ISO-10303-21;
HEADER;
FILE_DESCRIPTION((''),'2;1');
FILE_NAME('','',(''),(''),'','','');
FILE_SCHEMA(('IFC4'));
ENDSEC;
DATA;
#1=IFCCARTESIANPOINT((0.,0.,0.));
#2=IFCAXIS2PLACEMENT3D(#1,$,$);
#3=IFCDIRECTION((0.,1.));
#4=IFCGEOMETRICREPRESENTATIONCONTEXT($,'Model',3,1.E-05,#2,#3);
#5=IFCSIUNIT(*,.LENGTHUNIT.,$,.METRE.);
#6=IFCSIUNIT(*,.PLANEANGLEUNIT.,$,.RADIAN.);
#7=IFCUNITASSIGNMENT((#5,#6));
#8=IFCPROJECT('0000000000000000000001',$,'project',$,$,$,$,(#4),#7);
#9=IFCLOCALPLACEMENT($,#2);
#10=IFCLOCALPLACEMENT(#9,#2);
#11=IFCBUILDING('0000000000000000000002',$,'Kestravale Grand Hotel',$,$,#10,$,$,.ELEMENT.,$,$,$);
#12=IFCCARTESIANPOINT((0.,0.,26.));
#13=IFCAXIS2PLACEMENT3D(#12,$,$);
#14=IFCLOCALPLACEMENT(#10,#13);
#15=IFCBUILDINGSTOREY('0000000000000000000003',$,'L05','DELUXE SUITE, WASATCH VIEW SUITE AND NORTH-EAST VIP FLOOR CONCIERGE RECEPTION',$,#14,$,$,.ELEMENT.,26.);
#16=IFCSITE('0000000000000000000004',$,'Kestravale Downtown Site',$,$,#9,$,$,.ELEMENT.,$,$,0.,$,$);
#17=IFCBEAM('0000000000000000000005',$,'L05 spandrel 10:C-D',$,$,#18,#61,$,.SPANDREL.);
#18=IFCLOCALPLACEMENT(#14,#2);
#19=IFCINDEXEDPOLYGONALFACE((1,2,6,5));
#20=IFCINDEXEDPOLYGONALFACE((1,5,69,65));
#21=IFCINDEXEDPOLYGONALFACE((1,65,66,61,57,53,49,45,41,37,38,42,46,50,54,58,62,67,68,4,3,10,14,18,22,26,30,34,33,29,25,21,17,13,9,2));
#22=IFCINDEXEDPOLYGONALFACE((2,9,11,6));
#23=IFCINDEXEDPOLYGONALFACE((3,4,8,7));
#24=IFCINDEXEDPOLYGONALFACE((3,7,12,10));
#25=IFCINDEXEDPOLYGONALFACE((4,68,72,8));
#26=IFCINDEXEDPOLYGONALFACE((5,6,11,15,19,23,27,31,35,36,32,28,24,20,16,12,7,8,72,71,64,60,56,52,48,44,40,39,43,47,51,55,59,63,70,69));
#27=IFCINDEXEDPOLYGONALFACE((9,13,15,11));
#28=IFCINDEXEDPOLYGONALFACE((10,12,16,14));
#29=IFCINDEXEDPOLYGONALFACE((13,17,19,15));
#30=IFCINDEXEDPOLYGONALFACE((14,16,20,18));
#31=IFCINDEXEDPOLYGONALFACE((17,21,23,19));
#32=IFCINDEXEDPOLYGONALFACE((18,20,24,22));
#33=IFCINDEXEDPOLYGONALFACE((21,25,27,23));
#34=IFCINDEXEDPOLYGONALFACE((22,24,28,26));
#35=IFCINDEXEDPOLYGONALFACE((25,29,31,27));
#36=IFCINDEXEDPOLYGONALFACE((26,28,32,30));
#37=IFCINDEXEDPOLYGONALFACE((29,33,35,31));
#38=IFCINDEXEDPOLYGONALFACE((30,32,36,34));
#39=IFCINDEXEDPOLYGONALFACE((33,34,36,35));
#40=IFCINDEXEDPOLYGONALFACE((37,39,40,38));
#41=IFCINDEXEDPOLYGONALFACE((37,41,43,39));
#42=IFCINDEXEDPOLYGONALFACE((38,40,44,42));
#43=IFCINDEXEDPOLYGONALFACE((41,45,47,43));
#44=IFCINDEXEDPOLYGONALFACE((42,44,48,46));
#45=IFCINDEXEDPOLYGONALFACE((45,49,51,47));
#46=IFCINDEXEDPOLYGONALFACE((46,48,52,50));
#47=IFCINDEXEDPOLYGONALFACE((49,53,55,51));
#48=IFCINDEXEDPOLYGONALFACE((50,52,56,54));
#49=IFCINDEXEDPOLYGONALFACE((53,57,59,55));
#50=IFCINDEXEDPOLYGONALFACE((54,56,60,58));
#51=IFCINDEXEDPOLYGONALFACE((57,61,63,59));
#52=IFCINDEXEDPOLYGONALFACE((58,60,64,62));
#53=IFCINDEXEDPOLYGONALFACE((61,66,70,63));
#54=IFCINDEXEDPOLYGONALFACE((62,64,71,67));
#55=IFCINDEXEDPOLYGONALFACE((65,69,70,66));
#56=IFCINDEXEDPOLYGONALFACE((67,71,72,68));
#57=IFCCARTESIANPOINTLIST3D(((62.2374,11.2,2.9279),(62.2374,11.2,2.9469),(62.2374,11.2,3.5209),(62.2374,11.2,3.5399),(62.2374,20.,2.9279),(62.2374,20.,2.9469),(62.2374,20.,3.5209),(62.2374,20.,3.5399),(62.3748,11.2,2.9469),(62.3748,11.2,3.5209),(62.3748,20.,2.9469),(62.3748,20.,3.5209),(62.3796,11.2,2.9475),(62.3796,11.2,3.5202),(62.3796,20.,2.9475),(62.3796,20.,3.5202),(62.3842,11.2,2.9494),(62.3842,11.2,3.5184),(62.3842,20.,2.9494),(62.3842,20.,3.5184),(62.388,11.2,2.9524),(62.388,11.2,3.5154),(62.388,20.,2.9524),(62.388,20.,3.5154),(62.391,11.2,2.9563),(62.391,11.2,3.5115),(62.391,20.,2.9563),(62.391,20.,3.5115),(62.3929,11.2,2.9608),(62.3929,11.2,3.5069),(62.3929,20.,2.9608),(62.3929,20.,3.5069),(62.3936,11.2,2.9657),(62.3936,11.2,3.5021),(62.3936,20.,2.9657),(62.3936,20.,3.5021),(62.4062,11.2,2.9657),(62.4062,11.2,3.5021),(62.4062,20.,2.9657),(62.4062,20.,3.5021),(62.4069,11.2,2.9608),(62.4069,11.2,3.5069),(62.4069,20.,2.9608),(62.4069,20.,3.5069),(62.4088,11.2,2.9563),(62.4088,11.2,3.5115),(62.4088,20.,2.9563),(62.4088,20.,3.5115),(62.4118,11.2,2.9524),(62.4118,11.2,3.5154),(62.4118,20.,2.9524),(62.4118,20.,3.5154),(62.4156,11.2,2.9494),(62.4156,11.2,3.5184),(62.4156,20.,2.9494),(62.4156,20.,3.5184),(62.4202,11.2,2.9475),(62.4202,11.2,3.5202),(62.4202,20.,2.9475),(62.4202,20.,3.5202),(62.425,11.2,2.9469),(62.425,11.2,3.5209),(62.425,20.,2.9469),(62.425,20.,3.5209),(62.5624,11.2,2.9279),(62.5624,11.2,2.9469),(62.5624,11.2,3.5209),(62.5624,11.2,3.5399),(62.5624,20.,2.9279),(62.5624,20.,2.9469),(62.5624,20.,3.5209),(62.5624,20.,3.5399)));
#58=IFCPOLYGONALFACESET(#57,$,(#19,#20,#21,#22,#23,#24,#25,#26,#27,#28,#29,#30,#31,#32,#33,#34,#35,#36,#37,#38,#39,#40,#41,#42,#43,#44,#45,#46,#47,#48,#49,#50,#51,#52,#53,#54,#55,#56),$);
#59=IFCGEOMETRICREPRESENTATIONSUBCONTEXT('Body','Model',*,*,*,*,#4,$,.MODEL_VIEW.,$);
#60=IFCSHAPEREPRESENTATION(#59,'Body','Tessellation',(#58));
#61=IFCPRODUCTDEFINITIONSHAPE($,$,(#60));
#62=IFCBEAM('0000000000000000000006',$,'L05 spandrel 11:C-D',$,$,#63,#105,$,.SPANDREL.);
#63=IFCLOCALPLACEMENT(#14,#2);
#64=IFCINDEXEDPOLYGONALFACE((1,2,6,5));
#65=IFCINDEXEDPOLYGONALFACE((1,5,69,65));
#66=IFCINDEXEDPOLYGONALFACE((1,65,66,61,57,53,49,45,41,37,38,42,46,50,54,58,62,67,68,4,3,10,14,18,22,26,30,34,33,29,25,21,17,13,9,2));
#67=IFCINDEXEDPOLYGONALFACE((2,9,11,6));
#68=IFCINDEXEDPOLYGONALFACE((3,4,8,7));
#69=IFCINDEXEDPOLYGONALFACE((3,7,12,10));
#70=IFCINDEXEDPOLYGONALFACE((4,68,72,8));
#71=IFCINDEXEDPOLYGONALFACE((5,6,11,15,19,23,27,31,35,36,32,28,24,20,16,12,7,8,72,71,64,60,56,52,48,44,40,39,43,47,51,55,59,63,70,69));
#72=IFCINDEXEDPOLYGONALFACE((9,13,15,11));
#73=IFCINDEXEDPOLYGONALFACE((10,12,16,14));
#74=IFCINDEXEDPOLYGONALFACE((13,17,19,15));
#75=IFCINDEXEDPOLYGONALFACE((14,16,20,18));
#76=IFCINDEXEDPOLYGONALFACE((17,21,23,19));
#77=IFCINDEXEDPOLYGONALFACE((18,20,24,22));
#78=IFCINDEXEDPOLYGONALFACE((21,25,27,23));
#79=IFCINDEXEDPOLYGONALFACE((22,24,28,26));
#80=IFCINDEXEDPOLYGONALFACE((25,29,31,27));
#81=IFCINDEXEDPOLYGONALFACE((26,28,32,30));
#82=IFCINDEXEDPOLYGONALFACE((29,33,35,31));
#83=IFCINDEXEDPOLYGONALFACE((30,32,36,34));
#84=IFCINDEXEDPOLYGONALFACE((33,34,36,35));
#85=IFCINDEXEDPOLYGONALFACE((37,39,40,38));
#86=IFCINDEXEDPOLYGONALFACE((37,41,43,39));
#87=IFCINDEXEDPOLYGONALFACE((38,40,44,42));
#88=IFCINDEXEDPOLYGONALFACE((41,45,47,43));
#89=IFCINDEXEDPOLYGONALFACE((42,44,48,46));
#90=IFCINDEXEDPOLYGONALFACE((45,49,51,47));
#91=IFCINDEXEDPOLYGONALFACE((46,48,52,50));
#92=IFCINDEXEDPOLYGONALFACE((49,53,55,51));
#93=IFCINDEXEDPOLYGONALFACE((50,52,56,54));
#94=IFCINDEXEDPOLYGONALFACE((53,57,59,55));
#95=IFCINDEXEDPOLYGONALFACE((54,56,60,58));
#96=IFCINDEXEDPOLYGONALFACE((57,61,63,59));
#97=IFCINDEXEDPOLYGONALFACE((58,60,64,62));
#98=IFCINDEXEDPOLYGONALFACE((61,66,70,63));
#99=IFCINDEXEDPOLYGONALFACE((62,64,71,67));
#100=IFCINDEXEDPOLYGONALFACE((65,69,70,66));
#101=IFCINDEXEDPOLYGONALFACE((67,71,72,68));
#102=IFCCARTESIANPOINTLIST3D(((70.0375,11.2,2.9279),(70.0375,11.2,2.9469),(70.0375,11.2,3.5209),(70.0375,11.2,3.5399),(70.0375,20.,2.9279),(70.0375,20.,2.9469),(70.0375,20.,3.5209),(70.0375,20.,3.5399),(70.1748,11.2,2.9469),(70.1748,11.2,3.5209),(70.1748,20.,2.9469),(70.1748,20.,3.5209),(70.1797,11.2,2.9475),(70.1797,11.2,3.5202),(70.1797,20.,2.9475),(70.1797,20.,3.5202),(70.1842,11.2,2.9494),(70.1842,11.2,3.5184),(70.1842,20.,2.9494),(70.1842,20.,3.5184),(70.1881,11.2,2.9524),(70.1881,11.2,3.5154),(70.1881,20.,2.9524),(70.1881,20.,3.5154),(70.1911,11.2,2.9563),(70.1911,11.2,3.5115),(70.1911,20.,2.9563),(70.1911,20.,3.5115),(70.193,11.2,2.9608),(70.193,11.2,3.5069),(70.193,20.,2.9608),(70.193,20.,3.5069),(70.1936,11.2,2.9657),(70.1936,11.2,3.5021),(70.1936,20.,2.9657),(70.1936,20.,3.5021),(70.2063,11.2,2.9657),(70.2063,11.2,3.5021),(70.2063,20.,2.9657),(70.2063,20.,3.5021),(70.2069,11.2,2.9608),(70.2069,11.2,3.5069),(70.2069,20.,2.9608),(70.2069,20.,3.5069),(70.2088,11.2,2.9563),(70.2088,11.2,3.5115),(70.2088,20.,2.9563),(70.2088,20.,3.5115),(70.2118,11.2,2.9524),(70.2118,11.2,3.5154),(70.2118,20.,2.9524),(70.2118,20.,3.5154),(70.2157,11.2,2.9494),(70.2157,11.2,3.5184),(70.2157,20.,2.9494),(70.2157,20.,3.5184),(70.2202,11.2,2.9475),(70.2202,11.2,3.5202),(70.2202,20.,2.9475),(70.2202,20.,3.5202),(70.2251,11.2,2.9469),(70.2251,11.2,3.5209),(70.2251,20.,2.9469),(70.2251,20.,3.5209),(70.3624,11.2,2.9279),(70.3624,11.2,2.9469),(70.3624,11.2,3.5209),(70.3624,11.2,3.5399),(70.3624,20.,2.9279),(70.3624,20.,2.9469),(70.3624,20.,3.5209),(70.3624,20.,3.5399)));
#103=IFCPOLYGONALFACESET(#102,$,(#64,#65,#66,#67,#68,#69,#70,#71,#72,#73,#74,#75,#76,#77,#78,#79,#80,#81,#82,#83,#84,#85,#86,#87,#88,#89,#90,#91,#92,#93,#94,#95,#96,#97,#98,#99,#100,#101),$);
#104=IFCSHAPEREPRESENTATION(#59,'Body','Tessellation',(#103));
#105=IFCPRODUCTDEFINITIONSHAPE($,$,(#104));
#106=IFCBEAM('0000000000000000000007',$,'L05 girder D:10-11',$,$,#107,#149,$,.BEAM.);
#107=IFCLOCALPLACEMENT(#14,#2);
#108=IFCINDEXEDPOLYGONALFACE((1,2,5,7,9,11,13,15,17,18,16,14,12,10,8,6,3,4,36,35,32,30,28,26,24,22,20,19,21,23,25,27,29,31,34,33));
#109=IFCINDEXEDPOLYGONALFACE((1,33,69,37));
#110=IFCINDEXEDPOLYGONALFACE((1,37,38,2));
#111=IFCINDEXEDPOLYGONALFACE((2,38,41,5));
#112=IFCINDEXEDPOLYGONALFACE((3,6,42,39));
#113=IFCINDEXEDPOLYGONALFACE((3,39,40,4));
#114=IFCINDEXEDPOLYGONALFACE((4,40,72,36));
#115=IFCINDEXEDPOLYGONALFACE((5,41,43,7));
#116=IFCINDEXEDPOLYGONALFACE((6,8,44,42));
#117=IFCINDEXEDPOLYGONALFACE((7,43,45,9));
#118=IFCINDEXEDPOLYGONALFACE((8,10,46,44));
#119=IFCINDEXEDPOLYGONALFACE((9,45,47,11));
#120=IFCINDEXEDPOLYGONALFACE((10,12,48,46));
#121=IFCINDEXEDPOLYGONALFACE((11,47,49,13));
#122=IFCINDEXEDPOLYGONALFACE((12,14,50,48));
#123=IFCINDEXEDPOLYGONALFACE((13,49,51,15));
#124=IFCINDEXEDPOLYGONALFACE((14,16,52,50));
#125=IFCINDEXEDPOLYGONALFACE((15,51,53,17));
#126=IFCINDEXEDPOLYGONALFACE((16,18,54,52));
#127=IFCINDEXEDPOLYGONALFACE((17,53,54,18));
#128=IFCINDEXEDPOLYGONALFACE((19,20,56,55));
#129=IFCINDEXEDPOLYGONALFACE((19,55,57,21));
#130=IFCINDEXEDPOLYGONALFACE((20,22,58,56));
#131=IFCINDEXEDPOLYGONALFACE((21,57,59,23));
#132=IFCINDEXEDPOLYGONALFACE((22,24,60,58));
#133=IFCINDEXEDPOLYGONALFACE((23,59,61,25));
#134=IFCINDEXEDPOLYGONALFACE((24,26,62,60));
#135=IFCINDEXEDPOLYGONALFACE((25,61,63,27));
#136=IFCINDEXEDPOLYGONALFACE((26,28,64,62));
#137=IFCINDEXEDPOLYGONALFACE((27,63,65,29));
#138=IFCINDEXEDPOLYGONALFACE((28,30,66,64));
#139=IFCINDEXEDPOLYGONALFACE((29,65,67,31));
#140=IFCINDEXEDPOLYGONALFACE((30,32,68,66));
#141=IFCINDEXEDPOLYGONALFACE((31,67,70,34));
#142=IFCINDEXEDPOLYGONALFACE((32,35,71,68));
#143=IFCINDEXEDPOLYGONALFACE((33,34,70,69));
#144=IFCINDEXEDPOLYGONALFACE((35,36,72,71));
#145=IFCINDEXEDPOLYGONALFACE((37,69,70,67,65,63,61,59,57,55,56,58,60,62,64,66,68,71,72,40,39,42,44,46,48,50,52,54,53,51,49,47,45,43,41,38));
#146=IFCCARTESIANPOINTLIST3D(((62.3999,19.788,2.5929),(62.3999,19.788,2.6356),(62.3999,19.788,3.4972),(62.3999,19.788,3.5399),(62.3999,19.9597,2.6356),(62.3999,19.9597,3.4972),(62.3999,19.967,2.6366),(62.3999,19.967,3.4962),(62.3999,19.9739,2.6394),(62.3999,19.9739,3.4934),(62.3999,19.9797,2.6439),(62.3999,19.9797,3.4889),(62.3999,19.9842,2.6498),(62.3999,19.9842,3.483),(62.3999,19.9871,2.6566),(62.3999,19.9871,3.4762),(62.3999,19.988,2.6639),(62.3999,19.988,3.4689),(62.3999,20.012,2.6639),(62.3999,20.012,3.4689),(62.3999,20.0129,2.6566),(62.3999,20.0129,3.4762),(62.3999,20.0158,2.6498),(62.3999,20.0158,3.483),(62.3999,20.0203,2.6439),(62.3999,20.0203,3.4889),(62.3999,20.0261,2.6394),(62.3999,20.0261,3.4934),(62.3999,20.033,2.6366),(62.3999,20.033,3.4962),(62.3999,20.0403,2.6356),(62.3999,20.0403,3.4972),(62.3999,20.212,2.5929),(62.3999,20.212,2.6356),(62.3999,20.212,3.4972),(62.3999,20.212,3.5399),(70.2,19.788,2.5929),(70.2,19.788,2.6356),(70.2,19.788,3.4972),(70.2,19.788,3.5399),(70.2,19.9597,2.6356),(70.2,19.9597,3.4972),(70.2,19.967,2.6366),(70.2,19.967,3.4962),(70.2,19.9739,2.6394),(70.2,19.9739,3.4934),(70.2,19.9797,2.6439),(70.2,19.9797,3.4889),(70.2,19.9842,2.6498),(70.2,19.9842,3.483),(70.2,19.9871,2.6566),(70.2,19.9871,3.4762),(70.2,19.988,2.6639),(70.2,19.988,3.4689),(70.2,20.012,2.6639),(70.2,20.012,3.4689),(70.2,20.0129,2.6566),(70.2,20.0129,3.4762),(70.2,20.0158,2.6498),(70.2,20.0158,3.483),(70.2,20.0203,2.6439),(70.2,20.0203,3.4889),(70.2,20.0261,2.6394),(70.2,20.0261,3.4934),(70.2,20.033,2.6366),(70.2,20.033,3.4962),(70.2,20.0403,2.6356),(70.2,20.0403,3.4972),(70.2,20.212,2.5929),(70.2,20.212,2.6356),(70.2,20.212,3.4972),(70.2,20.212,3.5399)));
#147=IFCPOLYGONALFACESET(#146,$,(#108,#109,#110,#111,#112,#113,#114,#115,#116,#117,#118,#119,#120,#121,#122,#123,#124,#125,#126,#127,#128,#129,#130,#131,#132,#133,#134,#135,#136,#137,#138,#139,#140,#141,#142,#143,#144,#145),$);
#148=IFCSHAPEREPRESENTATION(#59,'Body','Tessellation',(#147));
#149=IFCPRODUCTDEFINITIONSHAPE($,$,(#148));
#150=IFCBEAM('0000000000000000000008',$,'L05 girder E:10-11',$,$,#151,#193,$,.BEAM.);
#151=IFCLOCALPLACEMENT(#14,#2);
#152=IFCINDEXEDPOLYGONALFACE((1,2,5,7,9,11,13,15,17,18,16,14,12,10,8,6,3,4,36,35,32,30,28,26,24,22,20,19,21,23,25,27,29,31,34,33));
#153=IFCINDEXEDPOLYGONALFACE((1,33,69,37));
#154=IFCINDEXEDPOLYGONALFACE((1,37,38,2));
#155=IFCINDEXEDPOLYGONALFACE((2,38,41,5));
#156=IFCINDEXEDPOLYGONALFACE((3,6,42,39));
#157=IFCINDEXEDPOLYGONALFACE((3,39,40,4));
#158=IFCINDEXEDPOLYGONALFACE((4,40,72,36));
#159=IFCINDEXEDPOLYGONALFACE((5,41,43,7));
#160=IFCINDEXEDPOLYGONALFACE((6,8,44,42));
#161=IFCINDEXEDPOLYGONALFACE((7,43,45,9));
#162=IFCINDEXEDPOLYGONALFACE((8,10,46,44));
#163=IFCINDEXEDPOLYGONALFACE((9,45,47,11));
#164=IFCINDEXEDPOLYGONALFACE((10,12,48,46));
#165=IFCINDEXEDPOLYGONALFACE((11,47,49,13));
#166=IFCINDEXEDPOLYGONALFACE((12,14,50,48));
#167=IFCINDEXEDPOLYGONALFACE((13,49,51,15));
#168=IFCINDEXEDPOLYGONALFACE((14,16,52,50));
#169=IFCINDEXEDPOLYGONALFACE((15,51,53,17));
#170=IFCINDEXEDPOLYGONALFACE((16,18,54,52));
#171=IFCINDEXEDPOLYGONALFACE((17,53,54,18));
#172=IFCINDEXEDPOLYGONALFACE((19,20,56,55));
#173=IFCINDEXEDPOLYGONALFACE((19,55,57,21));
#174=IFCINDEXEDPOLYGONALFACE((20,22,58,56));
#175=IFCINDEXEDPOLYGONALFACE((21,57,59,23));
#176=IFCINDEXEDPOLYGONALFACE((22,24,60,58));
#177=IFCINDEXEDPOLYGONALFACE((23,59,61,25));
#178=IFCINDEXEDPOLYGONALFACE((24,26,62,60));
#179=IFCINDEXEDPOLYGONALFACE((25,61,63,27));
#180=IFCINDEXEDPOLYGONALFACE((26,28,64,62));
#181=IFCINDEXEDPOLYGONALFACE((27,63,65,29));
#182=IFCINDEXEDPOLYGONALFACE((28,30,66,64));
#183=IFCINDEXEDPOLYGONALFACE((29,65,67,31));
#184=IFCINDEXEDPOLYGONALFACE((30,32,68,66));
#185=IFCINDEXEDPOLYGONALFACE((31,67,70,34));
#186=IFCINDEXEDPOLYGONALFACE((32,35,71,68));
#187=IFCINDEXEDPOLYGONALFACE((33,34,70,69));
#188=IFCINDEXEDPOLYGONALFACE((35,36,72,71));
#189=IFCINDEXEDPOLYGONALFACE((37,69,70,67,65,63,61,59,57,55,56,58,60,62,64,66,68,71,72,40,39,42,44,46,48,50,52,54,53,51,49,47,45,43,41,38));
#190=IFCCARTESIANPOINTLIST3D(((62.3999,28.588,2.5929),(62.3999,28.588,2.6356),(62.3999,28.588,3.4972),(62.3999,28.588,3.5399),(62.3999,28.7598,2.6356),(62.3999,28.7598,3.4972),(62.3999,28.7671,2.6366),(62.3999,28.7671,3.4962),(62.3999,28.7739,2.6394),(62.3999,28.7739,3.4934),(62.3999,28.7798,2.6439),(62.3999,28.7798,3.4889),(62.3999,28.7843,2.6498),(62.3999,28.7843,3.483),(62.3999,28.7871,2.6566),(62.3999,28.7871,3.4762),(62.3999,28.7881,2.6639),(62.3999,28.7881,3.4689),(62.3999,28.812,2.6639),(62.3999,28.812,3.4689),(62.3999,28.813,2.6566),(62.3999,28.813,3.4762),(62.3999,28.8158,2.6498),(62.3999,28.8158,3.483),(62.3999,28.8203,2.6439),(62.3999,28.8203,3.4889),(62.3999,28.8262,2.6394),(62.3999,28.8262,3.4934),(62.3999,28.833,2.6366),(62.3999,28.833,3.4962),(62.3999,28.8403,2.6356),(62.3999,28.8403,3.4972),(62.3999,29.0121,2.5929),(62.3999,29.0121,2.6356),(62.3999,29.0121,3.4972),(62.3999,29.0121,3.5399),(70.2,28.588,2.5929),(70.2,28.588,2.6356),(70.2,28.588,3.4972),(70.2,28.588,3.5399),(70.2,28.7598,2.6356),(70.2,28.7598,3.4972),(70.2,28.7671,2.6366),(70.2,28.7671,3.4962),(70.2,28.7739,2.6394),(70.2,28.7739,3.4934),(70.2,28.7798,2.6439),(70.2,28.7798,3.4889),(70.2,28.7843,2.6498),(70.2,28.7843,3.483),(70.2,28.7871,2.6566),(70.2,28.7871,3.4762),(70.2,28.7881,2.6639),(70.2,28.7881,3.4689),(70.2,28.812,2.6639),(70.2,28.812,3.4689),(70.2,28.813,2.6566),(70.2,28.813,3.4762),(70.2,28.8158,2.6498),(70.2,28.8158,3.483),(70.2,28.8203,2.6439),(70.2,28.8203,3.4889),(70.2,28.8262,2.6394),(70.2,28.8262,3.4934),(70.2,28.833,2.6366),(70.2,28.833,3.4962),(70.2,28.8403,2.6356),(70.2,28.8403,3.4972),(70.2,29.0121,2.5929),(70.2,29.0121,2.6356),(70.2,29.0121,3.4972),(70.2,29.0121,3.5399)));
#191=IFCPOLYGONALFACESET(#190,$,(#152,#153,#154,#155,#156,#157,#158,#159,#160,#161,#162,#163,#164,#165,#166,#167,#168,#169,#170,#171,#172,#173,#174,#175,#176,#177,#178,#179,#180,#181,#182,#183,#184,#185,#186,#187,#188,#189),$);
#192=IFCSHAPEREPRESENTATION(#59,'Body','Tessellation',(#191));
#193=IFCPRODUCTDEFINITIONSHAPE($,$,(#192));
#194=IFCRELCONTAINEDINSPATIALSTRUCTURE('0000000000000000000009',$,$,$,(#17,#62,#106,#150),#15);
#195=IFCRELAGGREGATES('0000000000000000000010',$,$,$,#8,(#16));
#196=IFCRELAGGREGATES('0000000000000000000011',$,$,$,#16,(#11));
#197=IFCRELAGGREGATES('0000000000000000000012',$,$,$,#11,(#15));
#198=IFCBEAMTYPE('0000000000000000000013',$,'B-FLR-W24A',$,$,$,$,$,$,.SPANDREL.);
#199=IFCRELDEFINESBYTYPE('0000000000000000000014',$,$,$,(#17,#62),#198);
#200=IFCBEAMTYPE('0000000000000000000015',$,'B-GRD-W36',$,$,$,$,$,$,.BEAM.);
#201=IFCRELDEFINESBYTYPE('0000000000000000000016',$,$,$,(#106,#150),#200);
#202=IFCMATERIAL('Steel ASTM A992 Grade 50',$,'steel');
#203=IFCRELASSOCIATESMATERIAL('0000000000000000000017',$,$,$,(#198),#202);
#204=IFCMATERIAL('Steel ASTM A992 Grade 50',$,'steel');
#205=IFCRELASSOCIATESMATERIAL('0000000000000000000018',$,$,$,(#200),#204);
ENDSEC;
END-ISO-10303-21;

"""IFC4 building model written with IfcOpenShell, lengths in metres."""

from ifc_helpers import new_model, si_unit, direction, frame, origin, origin_2d, place, context, subcontext, project, spatial, i_section, extrude, material, material_profile, profile_set, type_object, element, save


model = new_model("IFC4")

# Units and contexts
model_context = context("Model", 3, precision=1e-05, world=origin(), true_north=direction((0.0, 1.0)))
body_context = subcontext(model_context, "Body", "Model", "MODEL_VIEW")
ifc_project = project(units=[si_unit("LENGTHUNIT", "METRE"), si_unit("PLANEANGLEUNIT", "RADIAN")], contexts=[model_context])

# Site, building, storey
site_placement = place(None, origin())
site = spatial("IfcSite", under=ifc_project, at=site_placement, Name="Kestravale Downtown Site", CompositionType="ELEMENT", RefElevation=0.0)
building_placement = place(site_placement, origin())
building = spatial("IfcBuilding", under=site, at=building_placement, Name="Kestravale Grand Hotel", CompositionType="ELEMENT")
storey_placement = place(building_placement, frame((0.0, 0.0, 26.0)))
storey = spatial("IfcBuildingStorey", under=building, at=storey_placement, Name="L05", Description="DELUXE SUITE, WASATCH VIEW SUITE AND NORTH-EAST VIP FLOOR CONCIERGE RECEPTION", CompositionType="ELEMENT", Elevation=26.0)

# Beams
ifc_material_1 = material(Name="Steel ASTM A992 Grade 50", Category="steel")
ifc_material_profile_1 = material_profile(ifc_material_1, i_section(OverallWidth=0.325, OverallDepth=0.6121, WebThickness=0.0127, FlangeThickness=0.019, FilletRadius=0.0188, at=origin_2d()))
ifc_profile_set_1 = profile_set([ifc_material_profile_1], Name="Steel ASTM A992 Grade 50")
beam_type_1 = type_object("IfcBeamType", Name="B-FLR-W24A", PredefinedType="SPANDREL", material=ifc_profile_set_1)
for number, where, z_axis, x_axis, name in (
    (1, (62.3999, 11.2, 3.2339), (0.0, 1.0, 0.0), (-1.0, 0.0, 0.0), "L05 spandrel 10:C-D"),
    (2, (70.2, 11.2, 3.2339), (0.0, 1.0, 0.0), (-1.0, 0.0, 0.0), "L05 spandrel 11:C-D"),
):
    element("IfcBeam", number, at=place(storey_placement, frame(where, z_axis=z_axis, x_axis=x_axis)), inside=storey, type_object=beam_type_1, Name=name, PredefinedType="SPANDREL", context=body_context, shape_type="SweptSolid", body=[
        extrude(i_section(OverallWidth=0.325, OverallDepth=0.6121, WebThickness=0.0127, FlangeThickness=0.019, FilletRadius=0.0188, at=origin_2d()), origin(), (0.0, 0.0, 1.0), 8.8),
    ])
ifc_material_2 = material(Name="Steel ASTM A992 Grade 50", Category="steel")
ifc_material_profile_2 = material_profile(ifc_material_2, i_section(OverallWidth=0.4241, OverallDepth=0.947, WebThickness=0.0239, FlangeThickness=0.0427, FilletRadius=0.0283, at=origin_2d()))
ifc_profile_set_2 = profile_set([ifc_material_profile_2], Name="Steel ASTM A992 Grade 50")
beam_type_2 = type_object("IfcBeamType", Name="B-GRD-W36", PredefinedType="BEAM", material=ifc_profile_set_2)
for number, where, z_axis, x_axis, name in (
    (3, (62.3999, 20.0, 3.0664), (1.0, 0.0, 0.0), (0.0, 1.0, 0.0), "L05 girder D:10-11"),
    (4, (62.3999, 28.8, 3.0664), (1.0, 0.0, 0.0), (0.0, 1.0, 0.0), "L05 girder E:10-11"),
):
    element("IfcBeam", number, at=place(storey_placement, frame(where, z_axis=z_axis, x_axis=x_axis)), inside=storey, type_object=beam_type_2, Name=name, PredefinedType="BEAM", context=body_context, shape_type="SweptSolid", body=[
        extrude(i_section(OverallWidth=0.4241, OverallDepth=0.947, WebThickness=0.0239, FlangeThickness=0.0427, FilletRadius=0.0283, at=origin_2d()), origin(), (0.0, 0.0, 1.0), 7.8),
    ])

save(model, "model.ifc")
